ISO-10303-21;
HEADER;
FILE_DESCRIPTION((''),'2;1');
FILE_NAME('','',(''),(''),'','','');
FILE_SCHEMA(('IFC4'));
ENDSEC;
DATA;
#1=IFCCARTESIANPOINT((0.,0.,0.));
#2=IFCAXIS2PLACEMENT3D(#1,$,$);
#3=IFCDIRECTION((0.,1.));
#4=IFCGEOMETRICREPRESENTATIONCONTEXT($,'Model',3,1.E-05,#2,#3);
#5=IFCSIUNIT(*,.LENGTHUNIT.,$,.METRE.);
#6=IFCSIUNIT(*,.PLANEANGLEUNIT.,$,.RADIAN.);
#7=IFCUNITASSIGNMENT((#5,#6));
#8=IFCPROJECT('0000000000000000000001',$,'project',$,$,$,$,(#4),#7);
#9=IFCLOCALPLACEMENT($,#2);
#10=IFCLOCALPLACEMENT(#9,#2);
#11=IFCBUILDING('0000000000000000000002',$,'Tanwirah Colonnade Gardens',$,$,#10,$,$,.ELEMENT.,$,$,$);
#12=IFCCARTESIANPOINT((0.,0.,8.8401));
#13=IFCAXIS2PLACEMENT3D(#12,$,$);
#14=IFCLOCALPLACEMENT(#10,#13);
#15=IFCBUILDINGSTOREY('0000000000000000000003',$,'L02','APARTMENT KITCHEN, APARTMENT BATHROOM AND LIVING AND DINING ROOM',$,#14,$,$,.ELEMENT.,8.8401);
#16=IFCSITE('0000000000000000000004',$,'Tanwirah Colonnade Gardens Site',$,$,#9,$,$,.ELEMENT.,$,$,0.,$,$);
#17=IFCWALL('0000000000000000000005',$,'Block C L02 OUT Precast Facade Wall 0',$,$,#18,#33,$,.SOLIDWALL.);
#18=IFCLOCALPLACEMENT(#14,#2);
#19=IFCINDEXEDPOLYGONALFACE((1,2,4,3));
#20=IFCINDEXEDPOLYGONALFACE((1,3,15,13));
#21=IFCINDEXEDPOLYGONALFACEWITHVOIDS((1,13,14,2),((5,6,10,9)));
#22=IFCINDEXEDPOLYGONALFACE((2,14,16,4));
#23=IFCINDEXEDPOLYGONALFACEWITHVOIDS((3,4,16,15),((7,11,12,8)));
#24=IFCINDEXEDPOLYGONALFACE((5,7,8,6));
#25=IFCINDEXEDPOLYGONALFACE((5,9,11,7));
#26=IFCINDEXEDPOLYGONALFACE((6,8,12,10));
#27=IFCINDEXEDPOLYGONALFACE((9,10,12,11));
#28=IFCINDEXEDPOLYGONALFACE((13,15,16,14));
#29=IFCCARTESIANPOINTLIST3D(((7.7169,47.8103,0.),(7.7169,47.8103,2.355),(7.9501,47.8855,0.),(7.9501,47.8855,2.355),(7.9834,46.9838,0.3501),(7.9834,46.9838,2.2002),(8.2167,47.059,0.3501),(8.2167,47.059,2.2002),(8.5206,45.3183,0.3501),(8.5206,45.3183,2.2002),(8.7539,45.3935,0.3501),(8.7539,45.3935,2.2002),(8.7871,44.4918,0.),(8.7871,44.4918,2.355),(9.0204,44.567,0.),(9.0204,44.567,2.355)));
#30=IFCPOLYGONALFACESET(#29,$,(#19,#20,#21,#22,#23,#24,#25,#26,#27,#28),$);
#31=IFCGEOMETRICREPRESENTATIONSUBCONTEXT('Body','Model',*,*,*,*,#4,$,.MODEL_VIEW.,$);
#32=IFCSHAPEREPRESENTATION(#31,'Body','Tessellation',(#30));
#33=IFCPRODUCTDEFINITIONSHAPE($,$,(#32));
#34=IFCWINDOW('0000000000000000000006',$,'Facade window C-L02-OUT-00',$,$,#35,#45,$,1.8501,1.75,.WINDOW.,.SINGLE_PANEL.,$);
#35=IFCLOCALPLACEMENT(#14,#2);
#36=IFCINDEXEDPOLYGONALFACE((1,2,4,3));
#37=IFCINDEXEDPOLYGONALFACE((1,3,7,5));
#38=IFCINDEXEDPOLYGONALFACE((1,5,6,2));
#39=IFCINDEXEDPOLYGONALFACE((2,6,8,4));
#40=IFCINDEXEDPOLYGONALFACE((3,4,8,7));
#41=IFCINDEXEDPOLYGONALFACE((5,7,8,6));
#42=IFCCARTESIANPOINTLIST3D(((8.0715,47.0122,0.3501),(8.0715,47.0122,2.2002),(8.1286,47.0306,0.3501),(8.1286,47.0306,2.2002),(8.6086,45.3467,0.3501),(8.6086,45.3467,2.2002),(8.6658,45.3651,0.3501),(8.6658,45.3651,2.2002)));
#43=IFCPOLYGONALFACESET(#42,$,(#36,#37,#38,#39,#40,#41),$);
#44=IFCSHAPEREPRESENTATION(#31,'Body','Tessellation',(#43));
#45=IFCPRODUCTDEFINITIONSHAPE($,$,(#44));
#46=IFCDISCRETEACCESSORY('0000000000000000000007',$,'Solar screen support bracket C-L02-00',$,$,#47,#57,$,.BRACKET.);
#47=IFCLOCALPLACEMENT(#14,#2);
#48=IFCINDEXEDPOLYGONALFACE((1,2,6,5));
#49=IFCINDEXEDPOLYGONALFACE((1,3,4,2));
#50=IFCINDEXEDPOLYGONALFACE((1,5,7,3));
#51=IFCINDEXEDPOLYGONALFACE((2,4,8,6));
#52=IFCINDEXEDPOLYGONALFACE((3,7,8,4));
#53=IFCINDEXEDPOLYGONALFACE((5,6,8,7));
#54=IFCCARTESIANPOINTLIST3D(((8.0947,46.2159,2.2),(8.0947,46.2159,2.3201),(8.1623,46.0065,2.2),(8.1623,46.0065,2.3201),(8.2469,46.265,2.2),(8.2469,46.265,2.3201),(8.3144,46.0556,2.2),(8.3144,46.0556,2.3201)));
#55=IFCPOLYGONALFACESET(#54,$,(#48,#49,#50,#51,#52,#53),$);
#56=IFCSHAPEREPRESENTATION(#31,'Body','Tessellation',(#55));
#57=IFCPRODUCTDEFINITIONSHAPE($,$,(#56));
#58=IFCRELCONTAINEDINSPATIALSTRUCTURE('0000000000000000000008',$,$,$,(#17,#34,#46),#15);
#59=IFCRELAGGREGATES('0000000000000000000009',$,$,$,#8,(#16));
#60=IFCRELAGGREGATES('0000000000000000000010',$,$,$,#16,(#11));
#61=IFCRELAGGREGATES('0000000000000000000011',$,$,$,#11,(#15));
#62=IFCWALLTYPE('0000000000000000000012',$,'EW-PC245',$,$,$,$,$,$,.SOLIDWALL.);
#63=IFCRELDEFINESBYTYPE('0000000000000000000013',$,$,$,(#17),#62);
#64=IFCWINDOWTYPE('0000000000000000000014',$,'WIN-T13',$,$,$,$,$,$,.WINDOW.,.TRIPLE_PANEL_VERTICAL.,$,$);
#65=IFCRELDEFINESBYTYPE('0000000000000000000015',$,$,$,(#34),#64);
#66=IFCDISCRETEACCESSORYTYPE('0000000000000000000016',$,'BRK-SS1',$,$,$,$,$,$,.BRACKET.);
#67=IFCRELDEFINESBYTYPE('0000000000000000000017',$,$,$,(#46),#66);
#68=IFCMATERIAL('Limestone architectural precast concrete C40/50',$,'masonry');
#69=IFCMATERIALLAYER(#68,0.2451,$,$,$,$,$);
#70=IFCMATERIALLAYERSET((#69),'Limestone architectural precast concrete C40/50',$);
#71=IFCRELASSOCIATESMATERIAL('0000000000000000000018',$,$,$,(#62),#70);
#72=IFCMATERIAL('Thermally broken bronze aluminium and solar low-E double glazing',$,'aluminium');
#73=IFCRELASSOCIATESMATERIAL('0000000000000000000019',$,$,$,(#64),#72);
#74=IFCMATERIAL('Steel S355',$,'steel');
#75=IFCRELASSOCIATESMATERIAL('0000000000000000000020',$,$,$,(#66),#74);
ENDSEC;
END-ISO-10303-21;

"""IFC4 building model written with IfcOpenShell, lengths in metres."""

from ifc_helpers import new_model, si_unit, direction, frame, frame_2d, origin, origin_2d, place, context, subcontext, project, spatial, rectangle, extrude, material, layer, layer_set, type_object, element, fill, save


model = new_model("IFC4")

# Units and contexts
model_context = context("Model", 3, precision=1e-05, world=origin(), true_north=direction((0.0, 1.0)))
body_context = subcontext(model_context, "Body", "Model", "MODEL_VIEW")
ifc_project = project(units=[si_unit("LENGTHUNIT", "METRE"), si_unit("PLANEANGLEUNIT", "RADIAN")], contexts=[model_context])

# Site, building, storey
site_placement = place(None, origin())
site = spatial("IfcSite", under=ifc_project, at=site_placement, Name="Tanwirah Colonnade Gardens Site", CompositionType="ELEMENT", RefElevation=0.0)
building_placement = place(site_placement, origin())
building = spatial("IfcBuilding", under=site, at=building_placement, Name="Tanwirah Colonnade Gardens", CompositionType="ELEMENT")
storey_placement = place(building_placement, frame((0.0, 0.0, 8.8401)))
storey = spatial("IfcBuildingStorey", under=building, at=storey_placement, Name="L02", Description="APARTMENT KITCHEN, APARTMENT BATHROOM AND LIVING AND DINING ROOM", CompositionType="ELEMENT", Elevation=8.8401)

# Wall, opening, window
ifc_material_1 = material(Name="Limestone architectural precast concrete C40/50", Category="masonry")
ifc_layer_1 = layer(ifc_material_1, 0.2451)
ifc_layer_set_1 = layer_set([ifc_layer_1], Name="Limestone architectural precast concrete C40/50")
wall_type_1 = type_object("IfcWallType", Name="EW-PC245", PredefinedType="SOLIDWALL", material=ifc_layer_set_1)
wall_1_placement = place(storey_placement, frame((7.8335, 47.8479, 0.0), z_axis=(0.0, 0.0, 1.0), x_axis=(0.30695, -0.951726, 0.0)))
wall_1 = element("IfcWall", 1, at=wall_1_placement, inside=storey, type_object=wall_type_1, Name="Block C L02 OUT Precast Facade Wall 0", PredefinedType="SOLIDWALL", context=body_context, shape_type="SweptSolid", body=[
    extrude(rectangle(XDim=3.4868, YDim=0.2451, at=frame_2d((1.7434, 0.0))), origin(), (0.0, 0.0, 1.0), 2.355),
])
opening_1_placement = place(wall_1_placement, frame((0.8684, 0.0, 0.3501)))
opening_1 = element("IfcOpeningElement", 2, at=opening_1_placement, cuts=wall_1, PredefinedType="OPENING", context=body_context, shape_type="SweptSolid", body=[
    extrude(rectangle(XDim=1.75, YDim=1.8501, at=frame_2d((0.875, 0.925))), frame((0.0, 0.1326, 0.0), z_axis=(0.0, -1.0, 0.0), x_axis=(1.0, 0.0, 0.0)), (0.0, 0.0, 1.0), 0.2651),
])
ifc_material_2 = material(Name="Thermally broken bronze aluminium and solar low-E double glazing", Category="aluminium")
window_type = type_object("IfcWindowType", Name="WIN-T13", PartitioningType="TRIPLE_PANEL_VERTICAL", PredefinedType="WINDOW", material=ifc_material_2)
window_placement = place(opening_1_placement, origin())
window = element("IfcWindow", 3, at=window_placement, inside=storey, type_object=window_type, Name="Facade window C-L02-OUT-00", OverallHeight=1.8501, OverallWidth=1.75, PartitioningType="SINGLE_PANEL", PredefinedType="WINDOW", context=body_context, shape_type="SweptSolid", body=[
    extrude(rectangle(XDim=1.75, YDim=1.8501, at=frame_2d((0.875, 0.925))), frame((0.0, 0.03, 0.0), z_axis=(0.0, -1.0, 0.0), x_axis=(1.0, 0.0, 0.0)), (0.0, 0.0, 1.0), 0.0601),
])
fill(opening_1, window)

# Discrete accessory
ifc_material_3 = material(Name="Steel S355", Category="steel")
discrete_accessory_type = type_object("IfcDiscreteAccessoryType", Name="BRK-SS1", PredefinedType="BRACKET", material=ifc_material_3)
discrete_accessory_placement = place(storey_placement, frame((8.2046, 46.1357, 2.2), z_axis=(0.0, 0.0, 1.0), x_axis=(0.306943, -0.951728, 0.0)))
element("IfcDiscreteAccessory", 4, at=discrete_accessory_placement, inside=storey, type_object=discrete_accessory_type, Name="Solar screen support bracket C-L02-00", PredefinedType="BRACKET", context=body_context, shape_type="SweptSolid", body=[
    extrude(rectangle(XDim=0.22, YDim=0.1599, at=origin_2d()), origin(), (0.0, 0.0, 1.0), 0.1201),
])

save(model, "model.ifc")
